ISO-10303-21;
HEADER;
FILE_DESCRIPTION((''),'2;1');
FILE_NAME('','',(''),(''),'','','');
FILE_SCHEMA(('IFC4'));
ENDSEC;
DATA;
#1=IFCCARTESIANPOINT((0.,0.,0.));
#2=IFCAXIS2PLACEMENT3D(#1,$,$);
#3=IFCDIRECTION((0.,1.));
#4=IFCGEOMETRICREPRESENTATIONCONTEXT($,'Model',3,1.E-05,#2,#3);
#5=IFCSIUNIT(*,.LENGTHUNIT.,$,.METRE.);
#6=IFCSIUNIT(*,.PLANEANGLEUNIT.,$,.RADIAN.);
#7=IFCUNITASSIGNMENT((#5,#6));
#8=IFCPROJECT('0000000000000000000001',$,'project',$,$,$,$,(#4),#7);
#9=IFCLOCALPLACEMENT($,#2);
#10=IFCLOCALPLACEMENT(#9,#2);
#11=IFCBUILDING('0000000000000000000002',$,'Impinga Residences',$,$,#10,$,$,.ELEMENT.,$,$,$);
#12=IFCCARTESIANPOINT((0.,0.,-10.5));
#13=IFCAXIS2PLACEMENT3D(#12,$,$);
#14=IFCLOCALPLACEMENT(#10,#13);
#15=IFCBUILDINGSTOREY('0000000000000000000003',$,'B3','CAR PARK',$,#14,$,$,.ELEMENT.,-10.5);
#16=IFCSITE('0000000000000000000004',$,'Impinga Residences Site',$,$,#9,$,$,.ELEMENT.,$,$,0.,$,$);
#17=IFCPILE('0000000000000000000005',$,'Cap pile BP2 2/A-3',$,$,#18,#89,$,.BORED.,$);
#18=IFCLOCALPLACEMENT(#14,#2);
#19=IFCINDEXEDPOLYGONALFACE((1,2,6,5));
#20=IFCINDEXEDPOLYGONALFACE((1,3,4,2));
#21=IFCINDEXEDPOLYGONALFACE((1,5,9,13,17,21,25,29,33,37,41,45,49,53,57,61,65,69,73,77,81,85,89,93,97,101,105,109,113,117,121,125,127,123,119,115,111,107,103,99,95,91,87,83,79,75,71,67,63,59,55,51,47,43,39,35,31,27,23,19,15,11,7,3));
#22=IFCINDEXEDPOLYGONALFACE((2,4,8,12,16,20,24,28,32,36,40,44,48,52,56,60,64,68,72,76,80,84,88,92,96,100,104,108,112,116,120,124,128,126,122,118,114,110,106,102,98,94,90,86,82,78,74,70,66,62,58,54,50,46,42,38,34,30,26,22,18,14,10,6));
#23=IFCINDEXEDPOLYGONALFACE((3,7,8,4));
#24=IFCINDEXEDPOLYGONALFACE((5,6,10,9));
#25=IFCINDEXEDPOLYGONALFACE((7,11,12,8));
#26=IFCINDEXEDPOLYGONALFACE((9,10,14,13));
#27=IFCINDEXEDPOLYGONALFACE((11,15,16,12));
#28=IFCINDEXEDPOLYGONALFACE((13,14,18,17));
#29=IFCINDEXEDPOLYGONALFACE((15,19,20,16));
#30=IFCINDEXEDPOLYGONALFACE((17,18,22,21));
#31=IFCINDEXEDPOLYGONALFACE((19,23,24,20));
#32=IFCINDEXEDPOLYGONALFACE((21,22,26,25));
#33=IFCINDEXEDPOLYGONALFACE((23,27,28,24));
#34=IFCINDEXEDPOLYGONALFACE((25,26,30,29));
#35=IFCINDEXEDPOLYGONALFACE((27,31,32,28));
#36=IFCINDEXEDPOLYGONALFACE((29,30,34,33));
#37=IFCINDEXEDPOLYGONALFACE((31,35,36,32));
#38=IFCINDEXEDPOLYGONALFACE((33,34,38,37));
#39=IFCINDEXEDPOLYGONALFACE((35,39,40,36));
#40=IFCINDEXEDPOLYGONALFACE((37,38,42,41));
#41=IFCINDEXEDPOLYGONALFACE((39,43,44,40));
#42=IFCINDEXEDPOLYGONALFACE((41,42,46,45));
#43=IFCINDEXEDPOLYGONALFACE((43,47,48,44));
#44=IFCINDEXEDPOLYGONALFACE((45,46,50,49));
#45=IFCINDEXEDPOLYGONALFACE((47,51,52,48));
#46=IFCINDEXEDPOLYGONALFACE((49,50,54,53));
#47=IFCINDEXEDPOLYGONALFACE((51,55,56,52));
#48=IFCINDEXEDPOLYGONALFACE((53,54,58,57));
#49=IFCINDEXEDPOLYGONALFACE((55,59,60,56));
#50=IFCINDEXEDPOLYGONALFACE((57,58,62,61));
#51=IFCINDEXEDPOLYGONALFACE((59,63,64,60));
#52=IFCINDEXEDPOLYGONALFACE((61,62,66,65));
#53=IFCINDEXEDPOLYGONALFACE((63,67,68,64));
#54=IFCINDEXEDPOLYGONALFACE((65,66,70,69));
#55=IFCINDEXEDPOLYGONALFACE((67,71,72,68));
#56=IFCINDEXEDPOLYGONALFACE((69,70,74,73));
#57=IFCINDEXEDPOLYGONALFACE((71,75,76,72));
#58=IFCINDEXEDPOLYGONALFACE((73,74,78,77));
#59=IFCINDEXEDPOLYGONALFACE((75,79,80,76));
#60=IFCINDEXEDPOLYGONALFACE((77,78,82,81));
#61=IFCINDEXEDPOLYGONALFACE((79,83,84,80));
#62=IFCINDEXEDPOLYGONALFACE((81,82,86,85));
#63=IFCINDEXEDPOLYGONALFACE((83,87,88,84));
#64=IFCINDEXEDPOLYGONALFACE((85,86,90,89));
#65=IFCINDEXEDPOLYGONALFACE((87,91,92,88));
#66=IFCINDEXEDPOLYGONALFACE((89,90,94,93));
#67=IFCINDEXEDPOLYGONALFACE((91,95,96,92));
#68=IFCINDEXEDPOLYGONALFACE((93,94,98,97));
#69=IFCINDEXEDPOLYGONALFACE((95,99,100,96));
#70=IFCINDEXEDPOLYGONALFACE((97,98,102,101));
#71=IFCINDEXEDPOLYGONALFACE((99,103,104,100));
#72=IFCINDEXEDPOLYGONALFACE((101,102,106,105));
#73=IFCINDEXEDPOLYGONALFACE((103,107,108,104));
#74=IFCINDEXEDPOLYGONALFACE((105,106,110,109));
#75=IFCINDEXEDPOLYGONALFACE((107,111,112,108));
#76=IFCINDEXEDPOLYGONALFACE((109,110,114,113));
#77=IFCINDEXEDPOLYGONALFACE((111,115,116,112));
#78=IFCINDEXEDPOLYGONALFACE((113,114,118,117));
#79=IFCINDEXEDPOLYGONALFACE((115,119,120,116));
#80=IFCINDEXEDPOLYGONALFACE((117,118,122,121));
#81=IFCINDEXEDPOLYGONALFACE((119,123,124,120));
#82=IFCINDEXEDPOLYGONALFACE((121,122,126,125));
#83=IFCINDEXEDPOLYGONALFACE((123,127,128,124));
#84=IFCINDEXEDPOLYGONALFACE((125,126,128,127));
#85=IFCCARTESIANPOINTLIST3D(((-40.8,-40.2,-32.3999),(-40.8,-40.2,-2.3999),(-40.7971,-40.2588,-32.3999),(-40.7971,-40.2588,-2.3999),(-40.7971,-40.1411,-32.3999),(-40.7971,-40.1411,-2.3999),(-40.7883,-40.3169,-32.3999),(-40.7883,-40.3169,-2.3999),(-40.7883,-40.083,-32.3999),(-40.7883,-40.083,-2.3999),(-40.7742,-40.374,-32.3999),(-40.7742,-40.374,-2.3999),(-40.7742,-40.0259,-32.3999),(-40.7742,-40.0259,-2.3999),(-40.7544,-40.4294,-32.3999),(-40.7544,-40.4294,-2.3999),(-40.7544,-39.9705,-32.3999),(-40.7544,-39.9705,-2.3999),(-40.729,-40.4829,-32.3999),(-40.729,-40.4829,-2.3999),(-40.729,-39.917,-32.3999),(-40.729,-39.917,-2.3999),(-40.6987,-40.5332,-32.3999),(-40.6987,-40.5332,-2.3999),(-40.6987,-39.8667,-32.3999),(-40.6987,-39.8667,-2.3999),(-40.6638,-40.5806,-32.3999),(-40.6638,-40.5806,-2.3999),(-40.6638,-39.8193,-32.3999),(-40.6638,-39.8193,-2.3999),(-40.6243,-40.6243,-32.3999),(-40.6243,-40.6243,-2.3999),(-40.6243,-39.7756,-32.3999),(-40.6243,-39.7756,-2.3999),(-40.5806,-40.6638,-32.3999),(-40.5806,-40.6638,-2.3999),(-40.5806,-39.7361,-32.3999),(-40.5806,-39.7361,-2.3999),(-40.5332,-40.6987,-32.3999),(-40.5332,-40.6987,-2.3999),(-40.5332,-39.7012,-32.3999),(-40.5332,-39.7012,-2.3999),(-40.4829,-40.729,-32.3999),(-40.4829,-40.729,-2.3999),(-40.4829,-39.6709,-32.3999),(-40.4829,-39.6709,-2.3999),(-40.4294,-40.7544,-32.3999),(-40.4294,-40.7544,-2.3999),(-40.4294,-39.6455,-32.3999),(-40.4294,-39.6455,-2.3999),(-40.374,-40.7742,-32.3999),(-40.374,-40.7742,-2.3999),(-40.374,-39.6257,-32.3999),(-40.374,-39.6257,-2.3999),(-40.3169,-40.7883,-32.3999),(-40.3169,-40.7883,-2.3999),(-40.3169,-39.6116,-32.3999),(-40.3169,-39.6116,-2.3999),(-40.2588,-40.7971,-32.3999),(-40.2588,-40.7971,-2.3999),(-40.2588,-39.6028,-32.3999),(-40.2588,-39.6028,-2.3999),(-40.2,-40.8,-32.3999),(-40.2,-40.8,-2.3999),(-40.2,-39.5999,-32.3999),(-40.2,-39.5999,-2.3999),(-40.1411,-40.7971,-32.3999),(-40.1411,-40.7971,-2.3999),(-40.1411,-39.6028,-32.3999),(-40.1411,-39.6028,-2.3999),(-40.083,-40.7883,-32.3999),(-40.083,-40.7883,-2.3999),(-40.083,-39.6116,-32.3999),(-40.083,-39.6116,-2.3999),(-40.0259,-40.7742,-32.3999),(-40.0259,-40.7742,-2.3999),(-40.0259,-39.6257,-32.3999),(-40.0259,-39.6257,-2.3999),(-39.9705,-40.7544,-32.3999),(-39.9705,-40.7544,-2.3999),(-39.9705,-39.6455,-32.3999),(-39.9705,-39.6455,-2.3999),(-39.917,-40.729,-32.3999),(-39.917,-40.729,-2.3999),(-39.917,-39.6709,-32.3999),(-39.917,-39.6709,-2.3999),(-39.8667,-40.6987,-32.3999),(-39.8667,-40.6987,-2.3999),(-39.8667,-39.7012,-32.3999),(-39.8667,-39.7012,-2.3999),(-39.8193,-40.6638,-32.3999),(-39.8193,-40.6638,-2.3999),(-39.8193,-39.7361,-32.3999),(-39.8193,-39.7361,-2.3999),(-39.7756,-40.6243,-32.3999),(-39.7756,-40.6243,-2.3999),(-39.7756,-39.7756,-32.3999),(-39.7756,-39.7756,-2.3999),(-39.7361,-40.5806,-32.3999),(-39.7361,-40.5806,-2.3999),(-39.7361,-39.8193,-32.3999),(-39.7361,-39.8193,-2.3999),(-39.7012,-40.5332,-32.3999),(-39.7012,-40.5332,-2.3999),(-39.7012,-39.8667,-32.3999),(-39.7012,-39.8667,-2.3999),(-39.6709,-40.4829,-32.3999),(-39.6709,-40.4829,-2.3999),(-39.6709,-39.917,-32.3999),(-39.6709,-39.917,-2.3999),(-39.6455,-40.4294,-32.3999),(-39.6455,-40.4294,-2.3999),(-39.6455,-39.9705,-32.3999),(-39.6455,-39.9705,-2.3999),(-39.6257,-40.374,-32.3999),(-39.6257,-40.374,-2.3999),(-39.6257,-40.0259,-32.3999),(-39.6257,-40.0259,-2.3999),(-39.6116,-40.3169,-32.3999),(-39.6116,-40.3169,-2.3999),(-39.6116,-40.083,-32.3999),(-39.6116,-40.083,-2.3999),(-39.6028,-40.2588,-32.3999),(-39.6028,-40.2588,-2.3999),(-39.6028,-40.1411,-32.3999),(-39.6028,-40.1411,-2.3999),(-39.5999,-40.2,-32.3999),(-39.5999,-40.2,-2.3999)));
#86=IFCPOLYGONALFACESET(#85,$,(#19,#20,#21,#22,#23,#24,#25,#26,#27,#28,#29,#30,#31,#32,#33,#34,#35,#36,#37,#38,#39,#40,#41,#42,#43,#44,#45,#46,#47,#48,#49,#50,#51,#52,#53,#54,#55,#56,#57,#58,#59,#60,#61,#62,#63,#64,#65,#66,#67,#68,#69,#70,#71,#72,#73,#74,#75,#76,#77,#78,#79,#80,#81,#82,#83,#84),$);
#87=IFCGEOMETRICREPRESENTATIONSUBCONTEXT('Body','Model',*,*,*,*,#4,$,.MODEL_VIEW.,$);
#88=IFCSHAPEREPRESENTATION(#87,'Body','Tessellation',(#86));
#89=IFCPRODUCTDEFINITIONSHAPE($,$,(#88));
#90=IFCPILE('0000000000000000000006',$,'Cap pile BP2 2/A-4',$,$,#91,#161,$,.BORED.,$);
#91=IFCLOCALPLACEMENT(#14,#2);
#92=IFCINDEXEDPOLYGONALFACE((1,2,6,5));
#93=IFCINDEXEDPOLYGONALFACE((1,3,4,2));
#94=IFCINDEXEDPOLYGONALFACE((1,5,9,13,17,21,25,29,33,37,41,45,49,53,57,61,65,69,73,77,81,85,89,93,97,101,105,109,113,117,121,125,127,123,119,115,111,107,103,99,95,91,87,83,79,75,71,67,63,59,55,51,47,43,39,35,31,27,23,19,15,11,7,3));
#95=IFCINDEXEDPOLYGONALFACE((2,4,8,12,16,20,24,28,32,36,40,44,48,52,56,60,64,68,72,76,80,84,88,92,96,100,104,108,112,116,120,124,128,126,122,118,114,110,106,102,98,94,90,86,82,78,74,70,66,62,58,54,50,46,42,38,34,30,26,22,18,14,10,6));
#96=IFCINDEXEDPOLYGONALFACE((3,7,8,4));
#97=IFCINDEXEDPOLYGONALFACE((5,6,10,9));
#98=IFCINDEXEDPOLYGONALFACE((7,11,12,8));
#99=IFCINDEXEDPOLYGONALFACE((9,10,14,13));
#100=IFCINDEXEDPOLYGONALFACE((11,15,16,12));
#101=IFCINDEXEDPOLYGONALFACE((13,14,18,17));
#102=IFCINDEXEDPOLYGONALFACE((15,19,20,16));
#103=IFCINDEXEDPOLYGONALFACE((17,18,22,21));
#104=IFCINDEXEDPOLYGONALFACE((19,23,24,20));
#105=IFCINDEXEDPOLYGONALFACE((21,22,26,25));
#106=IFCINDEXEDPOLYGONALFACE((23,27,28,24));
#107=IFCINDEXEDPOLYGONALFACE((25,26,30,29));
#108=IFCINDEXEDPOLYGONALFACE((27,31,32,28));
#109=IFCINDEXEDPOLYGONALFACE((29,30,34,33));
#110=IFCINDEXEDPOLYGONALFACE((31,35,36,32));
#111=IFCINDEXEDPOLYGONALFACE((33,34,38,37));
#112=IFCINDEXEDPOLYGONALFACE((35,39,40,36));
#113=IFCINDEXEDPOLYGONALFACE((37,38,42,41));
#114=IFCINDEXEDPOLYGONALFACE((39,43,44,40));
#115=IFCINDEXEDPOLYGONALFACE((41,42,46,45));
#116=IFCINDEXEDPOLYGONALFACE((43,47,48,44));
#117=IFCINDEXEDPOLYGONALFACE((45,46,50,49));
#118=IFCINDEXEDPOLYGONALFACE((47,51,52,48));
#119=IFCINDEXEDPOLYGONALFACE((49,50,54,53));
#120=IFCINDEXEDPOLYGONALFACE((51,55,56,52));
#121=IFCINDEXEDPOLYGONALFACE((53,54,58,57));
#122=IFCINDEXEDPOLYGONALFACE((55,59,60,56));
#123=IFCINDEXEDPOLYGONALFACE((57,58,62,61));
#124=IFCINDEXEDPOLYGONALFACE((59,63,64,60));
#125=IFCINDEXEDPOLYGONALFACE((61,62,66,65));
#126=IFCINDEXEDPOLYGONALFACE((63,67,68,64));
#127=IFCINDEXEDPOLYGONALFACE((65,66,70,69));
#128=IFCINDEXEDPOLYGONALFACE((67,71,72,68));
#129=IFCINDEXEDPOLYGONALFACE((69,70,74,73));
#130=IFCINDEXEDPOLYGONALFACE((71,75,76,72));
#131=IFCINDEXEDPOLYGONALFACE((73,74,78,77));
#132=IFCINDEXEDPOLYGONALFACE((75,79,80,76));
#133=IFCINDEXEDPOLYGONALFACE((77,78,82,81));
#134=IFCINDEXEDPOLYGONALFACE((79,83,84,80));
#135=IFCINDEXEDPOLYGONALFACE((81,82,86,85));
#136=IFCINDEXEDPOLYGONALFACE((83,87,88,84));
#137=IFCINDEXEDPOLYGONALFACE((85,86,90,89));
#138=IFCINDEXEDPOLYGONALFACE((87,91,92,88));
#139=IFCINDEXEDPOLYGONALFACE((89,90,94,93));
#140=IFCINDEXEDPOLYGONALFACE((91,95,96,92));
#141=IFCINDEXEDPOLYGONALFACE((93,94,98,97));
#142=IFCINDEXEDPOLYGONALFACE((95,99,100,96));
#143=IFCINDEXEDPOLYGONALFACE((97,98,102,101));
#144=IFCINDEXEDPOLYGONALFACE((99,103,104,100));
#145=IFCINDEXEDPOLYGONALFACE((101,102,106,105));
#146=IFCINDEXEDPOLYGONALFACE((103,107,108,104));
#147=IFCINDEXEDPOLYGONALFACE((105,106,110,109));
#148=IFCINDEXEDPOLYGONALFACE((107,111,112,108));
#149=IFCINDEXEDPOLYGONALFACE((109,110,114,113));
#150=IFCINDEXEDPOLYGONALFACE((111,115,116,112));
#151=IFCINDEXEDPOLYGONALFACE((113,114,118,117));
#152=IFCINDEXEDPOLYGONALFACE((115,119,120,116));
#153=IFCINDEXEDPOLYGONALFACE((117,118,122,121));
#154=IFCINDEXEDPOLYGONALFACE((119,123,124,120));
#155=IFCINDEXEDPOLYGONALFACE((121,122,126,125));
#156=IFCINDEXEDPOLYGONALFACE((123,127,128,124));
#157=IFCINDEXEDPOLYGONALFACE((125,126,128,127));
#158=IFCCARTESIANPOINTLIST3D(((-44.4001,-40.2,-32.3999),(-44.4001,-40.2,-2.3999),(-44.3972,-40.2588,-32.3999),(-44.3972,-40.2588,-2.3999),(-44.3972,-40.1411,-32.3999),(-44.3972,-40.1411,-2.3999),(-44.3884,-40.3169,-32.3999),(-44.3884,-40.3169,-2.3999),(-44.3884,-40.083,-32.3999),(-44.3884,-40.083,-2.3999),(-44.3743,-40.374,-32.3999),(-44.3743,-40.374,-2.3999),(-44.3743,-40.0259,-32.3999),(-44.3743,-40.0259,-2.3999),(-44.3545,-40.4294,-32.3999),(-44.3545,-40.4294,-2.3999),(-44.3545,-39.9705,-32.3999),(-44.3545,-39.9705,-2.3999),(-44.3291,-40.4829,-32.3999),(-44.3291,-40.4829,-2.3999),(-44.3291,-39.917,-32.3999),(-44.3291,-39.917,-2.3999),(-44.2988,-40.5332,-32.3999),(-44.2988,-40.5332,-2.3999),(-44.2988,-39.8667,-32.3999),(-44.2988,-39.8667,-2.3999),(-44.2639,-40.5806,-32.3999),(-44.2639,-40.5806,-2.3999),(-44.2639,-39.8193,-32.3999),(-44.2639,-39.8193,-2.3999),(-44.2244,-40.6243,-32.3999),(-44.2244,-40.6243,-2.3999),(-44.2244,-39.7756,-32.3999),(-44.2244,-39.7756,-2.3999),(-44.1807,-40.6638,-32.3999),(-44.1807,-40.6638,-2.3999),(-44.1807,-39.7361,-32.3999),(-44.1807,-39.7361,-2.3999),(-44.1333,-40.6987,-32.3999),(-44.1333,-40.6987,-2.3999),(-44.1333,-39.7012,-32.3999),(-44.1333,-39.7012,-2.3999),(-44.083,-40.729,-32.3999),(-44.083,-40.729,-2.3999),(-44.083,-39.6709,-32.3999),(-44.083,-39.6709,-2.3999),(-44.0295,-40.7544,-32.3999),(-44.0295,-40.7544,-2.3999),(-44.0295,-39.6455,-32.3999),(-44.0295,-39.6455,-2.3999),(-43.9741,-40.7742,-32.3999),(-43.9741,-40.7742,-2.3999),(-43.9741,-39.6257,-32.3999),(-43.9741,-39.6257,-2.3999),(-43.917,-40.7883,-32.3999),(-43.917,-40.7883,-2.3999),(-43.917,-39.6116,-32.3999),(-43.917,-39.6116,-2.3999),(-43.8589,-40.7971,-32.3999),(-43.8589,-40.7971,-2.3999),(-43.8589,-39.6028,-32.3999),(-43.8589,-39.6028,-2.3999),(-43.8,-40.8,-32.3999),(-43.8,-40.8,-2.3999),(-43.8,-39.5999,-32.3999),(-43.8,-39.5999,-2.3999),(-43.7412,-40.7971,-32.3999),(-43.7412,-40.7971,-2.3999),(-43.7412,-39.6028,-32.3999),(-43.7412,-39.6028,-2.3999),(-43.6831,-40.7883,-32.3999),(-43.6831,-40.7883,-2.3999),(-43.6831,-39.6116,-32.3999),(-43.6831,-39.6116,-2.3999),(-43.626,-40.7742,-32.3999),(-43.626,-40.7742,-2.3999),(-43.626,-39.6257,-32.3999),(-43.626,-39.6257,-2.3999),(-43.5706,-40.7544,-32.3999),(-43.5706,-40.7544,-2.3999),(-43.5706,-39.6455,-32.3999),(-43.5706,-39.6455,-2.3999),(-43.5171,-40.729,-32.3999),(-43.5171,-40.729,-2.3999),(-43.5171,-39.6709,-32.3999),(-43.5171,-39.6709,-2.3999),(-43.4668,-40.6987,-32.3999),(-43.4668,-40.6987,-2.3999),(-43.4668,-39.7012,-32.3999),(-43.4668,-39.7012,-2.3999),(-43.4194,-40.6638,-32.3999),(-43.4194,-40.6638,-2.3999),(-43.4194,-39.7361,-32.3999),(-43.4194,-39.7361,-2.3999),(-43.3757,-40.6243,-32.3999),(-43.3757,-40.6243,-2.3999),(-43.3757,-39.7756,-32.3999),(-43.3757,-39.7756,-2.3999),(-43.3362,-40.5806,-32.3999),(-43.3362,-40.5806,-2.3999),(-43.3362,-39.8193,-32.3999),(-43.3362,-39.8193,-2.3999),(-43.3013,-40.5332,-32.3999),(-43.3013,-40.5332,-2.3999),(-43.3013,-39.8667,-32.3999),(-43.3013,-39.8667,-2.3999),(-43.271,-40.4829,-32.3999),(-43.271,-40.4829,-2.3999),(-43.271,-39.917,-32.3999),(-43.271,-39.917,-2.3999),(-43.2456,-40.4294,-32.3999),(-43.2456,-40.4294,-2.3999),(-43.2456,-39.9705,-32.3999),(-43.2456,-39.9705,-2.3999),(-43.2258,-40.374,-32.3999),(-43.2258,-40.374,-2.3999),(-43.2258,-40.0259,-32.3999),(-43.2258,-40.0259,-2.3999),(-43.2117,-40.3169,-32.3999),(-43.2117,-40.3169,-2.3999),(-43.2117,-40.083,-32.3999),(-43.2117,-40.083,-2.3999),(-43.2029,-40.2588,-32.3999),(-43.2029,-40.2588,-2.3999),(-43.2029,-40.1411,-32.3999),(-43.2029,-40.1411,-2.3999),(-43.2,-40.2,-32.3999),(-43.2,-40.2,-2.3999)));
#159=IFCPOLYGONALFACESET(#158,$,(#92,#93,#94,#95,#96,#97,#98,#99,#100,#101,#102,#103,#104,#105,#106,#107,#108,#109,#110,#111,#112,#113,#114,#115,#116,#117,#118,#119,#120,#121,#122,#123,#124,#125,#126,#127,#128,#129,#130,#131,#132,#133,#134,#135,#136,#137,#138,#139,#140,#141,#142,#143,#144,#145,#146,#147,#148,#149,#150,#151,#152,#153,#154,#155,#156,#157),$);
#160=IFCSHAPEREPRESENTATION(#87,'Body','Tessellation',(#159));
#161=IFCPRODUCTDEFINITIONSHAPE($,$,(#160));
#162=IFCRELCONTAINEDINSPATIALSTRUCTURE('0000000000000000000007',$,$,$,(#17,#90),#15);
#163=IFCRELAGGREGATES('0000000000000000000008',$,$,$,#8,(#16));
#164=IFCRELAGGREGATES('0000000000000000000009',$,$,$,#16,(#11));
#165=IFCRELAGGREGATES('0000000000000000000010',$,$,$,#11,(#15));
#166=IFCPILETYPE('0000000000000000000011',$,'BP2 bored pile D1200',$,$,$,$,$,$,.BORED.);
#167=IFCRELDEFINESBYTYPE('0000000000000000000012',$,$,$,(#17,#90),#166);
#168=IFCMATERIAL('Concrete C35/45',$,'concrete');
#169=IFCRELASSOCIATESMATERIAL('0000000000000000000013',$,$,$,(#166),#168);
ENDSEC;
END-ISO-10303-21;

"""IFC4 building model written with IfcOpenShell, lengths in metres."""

from ifc_helpers import new_model, si_unit, direction, frame, origin, origin_2d, place, context, subcontext, project, spatial, polyline, circle, outline, extrude, material, material_profile, profile_set, type_object, element, save


model = new_model("IFC4")

# Units and contexts
model_context = context("Model", 3, precision=1e-05, world=origin(), true_north=direction((0.0, 1.0)))
body_context = subcontext(model_context, "Body", "Model", "MODEL_VIEW")
ifc_project = project(units=[si_unit("LENGTHUNIT", "METRE"), si_unit("PLANEANGLEUNIT", "RADIAN")], contexts=[model_context])

# Site, building, storey
site_placement = place(None, origin())
site = spatial("IfcSite", under=ifc_project, at=site_placement, Name="Impinga Residences Site", CompositionType="ELEMENT", RefElevation=0.0)
building_placement = place(site_placement, origin())
building = spatial("IfcBuilding", under=site, at=building_placement, Name="Impinga Residences", CompositionType="ELEMENT")
storey_placement = place(building_placement, frame((0.0, 0.0, -10.5)))
storey = spatial("IfcBuildingStorey", under=building, at=storey_placement, Name="B3", Description="CAR PARK", CompositionType="ELEMENT", Elevation=-10.5)

# Piles
ifc_material_1 = material(Name="Concrete C35/45", Category="concrete")
ifc_material_profile_1 = material_profile(ifc_material_1, circle(Radius=0.6001, at=origin_2d()), Name="D1200")
ifc_profile_set_1 = profile_set([ifc_material_profile_1], Name="Concrete C35/45")
pile_type_1 = type_object("IfcPileType", Name="BP2 bored pile D1200", PredefinedType="BORED", material=ifc_profile_set_1)
pile_1_placement = place(storey_placement, frame((-40.2, -40.2, -2.3999), z_axis=(0.0, 0.0, -1.0), x_axis=(1.0, 0.0, 0.0)))
element("IfcPile", 1, at=pile_1_placement, inside=storey, type_object=pile_type_1, Name="Cap pile BP2 2/A-3", PredefinedType="BORED", context=body_context, shape_type="SweptSolid", body=[
    extrude(outline(polyline([(0.6001, 0.0), (0.5972, 0.0588), (0.5884, 0.1169), (0.5742, 0.1741), (0.5544, 0.2295), (0.5291, 0.283), (0.4988, 0.3333), (0.4639, 0.3806), (0.4243, 0.4243), (0.3806, 0.4639), (0.3333, 0.4988), (0.283, 0.5291), (0.2295, 0.5544), (0.1741, 0.5742), (0.1169, 0.5884), (0.0588, 0.5972), (0.0, 0.6001), (-0.0588, 0.5972), (-0.1169, 0.5884), (-0.1741, 0.5742), (-0.2295, 0.5544), (-0.283, 0.5291), (-0.3333, 0.4988), (-0.3806, 0.4639), (-0.4243, 0.4243), (-0.4639, 0.3806), (-0.4988, 0.3333), (-0.5291, 0.283), (-0.5544, 0.2295), (-0.5742, 0.1741), (-0.5884, 0.1169), (-0.5972, 0.0588), (-0.6001, 0.0), (-0.5972, -0.0588), (-0.5884, -0.1169), (-0.5742, -0.1741), (-0.5544, -0.2295), (-0.5291, -0.283), (-0.4988, -0.3333), (-0.4639, -0.3806), (-0.4243, -0.4243), (-0.3806, -0.4639), (-0.3333, -0.4988), (-0.283, -0.5291), (-0.2295, -0.5544), (-0.1741, -0.5742), (-0.1169, -0.5884), (-0.0588, -0.5972), (0.0, -0.6001), (0.0588, -0.5972), (0.1169, -0.5884), (0.1741, -0.5742), (0.2295, -0.5544), (0.283, -0.5291), (0.3333, -0.4988), (0.3806, -0.4639), (0.4243, -0.4243), (0.4639, -0.3806), (0.4988, -0.3333), (0.5291, -0.283), (0.5544, -0.2295), (0.5742, -0.1741), (0.5884, -0.1169), (0.5972, -0.0588), (0.6001, 0.0)])), origin(), (0.0, 0.0, 1.0), 30.0),
])
pile_2_placement = place(storey_placement, frame((-43.8, -40.2, -2.3999), z_axis=(0.0, 0.0, -1.0), x_axis=(1.0, 0.0, 0.0)))
element("IfcPile", 2, at=pile_2_placement, inside=storey, type_object=pile_type_1, Name="Cap pile BP2 2/A-4", PredefinedType="BORED", context=body_context, shape_type="SweptSolid", body=[
    extrude(outline(polyline([(0.6001, 0.0), (0.5972, 0.0588), (0.5884, 0.1169), (0.5742, 0.1741), (0.5544, 0.2295), (0.5291, 0.283), (0.4988, 0.3333), (0.4639, 0.3806), (0.4243, 0.4243), (0.3806, 0.4639), (0.3333, 0.4988), (0.283, 0.5291), (0.2295, 0.5544), (0.1741, 0.5742), (0.1169, 0.5884), (0.0588, 0.5972), (0.0, 0.6001), (-0.0588, 0.5972), (-0.1169, 0.5884), (-0.1741, 0.5742), (-0.2295, 0.5544), (-0.283, 0.5291), (-0.3333, 0.4988), (-0.3806, 0.4639), (-0.4243, 0.4243), (-0.4639, 0.3806), (-0.4988, 0.3333), (-0.5291, 0.283), (-0.5544, 0.2295), (-0.5742, 0.1741), (-0.5884, 0.1169), (-0.5972, 0.0588), (-0.6001, 0.0), (-0.5972, -0.0588), (-0.5884, -0.1169), (-0.5742, -0.1741), (-0.5544, -0.2295), (-0.5291, -0.283), (-0.4988, -0.3333), (-0.4639, -0.3806), (-0.4243, -0.4243), (-0.3806, -0.4639), (-0.3333, -0.4988), (-0.283, -0.5291), (-0.2295, -0.5544), (-0.1741, -0.5742), (-0.1169, -0.5884), (-0.0588, -0.5972), (0.0, -0.6001), (0.0588, -0.5972), (0.1169, -0.5884), (0.1741, -0.5742), (0.2295, -0.5544), (0.283, -0.5291), (0.3333, -0.4988), (0.3806, -0.4639), (0.4243, -0.4243), (0.4639, -0.3806), (0.4988, -0.3333), (0.5291, -0.283), (0.5544, -0.2295), (0.5742, -0.1741), (0.5884, -0.1169), (0.5972, -0.0588), (0.6001, 0.0)])), origin(), (0.0, 0.0, 1.0), 30.0),
])

save(model, "model.ifc")
